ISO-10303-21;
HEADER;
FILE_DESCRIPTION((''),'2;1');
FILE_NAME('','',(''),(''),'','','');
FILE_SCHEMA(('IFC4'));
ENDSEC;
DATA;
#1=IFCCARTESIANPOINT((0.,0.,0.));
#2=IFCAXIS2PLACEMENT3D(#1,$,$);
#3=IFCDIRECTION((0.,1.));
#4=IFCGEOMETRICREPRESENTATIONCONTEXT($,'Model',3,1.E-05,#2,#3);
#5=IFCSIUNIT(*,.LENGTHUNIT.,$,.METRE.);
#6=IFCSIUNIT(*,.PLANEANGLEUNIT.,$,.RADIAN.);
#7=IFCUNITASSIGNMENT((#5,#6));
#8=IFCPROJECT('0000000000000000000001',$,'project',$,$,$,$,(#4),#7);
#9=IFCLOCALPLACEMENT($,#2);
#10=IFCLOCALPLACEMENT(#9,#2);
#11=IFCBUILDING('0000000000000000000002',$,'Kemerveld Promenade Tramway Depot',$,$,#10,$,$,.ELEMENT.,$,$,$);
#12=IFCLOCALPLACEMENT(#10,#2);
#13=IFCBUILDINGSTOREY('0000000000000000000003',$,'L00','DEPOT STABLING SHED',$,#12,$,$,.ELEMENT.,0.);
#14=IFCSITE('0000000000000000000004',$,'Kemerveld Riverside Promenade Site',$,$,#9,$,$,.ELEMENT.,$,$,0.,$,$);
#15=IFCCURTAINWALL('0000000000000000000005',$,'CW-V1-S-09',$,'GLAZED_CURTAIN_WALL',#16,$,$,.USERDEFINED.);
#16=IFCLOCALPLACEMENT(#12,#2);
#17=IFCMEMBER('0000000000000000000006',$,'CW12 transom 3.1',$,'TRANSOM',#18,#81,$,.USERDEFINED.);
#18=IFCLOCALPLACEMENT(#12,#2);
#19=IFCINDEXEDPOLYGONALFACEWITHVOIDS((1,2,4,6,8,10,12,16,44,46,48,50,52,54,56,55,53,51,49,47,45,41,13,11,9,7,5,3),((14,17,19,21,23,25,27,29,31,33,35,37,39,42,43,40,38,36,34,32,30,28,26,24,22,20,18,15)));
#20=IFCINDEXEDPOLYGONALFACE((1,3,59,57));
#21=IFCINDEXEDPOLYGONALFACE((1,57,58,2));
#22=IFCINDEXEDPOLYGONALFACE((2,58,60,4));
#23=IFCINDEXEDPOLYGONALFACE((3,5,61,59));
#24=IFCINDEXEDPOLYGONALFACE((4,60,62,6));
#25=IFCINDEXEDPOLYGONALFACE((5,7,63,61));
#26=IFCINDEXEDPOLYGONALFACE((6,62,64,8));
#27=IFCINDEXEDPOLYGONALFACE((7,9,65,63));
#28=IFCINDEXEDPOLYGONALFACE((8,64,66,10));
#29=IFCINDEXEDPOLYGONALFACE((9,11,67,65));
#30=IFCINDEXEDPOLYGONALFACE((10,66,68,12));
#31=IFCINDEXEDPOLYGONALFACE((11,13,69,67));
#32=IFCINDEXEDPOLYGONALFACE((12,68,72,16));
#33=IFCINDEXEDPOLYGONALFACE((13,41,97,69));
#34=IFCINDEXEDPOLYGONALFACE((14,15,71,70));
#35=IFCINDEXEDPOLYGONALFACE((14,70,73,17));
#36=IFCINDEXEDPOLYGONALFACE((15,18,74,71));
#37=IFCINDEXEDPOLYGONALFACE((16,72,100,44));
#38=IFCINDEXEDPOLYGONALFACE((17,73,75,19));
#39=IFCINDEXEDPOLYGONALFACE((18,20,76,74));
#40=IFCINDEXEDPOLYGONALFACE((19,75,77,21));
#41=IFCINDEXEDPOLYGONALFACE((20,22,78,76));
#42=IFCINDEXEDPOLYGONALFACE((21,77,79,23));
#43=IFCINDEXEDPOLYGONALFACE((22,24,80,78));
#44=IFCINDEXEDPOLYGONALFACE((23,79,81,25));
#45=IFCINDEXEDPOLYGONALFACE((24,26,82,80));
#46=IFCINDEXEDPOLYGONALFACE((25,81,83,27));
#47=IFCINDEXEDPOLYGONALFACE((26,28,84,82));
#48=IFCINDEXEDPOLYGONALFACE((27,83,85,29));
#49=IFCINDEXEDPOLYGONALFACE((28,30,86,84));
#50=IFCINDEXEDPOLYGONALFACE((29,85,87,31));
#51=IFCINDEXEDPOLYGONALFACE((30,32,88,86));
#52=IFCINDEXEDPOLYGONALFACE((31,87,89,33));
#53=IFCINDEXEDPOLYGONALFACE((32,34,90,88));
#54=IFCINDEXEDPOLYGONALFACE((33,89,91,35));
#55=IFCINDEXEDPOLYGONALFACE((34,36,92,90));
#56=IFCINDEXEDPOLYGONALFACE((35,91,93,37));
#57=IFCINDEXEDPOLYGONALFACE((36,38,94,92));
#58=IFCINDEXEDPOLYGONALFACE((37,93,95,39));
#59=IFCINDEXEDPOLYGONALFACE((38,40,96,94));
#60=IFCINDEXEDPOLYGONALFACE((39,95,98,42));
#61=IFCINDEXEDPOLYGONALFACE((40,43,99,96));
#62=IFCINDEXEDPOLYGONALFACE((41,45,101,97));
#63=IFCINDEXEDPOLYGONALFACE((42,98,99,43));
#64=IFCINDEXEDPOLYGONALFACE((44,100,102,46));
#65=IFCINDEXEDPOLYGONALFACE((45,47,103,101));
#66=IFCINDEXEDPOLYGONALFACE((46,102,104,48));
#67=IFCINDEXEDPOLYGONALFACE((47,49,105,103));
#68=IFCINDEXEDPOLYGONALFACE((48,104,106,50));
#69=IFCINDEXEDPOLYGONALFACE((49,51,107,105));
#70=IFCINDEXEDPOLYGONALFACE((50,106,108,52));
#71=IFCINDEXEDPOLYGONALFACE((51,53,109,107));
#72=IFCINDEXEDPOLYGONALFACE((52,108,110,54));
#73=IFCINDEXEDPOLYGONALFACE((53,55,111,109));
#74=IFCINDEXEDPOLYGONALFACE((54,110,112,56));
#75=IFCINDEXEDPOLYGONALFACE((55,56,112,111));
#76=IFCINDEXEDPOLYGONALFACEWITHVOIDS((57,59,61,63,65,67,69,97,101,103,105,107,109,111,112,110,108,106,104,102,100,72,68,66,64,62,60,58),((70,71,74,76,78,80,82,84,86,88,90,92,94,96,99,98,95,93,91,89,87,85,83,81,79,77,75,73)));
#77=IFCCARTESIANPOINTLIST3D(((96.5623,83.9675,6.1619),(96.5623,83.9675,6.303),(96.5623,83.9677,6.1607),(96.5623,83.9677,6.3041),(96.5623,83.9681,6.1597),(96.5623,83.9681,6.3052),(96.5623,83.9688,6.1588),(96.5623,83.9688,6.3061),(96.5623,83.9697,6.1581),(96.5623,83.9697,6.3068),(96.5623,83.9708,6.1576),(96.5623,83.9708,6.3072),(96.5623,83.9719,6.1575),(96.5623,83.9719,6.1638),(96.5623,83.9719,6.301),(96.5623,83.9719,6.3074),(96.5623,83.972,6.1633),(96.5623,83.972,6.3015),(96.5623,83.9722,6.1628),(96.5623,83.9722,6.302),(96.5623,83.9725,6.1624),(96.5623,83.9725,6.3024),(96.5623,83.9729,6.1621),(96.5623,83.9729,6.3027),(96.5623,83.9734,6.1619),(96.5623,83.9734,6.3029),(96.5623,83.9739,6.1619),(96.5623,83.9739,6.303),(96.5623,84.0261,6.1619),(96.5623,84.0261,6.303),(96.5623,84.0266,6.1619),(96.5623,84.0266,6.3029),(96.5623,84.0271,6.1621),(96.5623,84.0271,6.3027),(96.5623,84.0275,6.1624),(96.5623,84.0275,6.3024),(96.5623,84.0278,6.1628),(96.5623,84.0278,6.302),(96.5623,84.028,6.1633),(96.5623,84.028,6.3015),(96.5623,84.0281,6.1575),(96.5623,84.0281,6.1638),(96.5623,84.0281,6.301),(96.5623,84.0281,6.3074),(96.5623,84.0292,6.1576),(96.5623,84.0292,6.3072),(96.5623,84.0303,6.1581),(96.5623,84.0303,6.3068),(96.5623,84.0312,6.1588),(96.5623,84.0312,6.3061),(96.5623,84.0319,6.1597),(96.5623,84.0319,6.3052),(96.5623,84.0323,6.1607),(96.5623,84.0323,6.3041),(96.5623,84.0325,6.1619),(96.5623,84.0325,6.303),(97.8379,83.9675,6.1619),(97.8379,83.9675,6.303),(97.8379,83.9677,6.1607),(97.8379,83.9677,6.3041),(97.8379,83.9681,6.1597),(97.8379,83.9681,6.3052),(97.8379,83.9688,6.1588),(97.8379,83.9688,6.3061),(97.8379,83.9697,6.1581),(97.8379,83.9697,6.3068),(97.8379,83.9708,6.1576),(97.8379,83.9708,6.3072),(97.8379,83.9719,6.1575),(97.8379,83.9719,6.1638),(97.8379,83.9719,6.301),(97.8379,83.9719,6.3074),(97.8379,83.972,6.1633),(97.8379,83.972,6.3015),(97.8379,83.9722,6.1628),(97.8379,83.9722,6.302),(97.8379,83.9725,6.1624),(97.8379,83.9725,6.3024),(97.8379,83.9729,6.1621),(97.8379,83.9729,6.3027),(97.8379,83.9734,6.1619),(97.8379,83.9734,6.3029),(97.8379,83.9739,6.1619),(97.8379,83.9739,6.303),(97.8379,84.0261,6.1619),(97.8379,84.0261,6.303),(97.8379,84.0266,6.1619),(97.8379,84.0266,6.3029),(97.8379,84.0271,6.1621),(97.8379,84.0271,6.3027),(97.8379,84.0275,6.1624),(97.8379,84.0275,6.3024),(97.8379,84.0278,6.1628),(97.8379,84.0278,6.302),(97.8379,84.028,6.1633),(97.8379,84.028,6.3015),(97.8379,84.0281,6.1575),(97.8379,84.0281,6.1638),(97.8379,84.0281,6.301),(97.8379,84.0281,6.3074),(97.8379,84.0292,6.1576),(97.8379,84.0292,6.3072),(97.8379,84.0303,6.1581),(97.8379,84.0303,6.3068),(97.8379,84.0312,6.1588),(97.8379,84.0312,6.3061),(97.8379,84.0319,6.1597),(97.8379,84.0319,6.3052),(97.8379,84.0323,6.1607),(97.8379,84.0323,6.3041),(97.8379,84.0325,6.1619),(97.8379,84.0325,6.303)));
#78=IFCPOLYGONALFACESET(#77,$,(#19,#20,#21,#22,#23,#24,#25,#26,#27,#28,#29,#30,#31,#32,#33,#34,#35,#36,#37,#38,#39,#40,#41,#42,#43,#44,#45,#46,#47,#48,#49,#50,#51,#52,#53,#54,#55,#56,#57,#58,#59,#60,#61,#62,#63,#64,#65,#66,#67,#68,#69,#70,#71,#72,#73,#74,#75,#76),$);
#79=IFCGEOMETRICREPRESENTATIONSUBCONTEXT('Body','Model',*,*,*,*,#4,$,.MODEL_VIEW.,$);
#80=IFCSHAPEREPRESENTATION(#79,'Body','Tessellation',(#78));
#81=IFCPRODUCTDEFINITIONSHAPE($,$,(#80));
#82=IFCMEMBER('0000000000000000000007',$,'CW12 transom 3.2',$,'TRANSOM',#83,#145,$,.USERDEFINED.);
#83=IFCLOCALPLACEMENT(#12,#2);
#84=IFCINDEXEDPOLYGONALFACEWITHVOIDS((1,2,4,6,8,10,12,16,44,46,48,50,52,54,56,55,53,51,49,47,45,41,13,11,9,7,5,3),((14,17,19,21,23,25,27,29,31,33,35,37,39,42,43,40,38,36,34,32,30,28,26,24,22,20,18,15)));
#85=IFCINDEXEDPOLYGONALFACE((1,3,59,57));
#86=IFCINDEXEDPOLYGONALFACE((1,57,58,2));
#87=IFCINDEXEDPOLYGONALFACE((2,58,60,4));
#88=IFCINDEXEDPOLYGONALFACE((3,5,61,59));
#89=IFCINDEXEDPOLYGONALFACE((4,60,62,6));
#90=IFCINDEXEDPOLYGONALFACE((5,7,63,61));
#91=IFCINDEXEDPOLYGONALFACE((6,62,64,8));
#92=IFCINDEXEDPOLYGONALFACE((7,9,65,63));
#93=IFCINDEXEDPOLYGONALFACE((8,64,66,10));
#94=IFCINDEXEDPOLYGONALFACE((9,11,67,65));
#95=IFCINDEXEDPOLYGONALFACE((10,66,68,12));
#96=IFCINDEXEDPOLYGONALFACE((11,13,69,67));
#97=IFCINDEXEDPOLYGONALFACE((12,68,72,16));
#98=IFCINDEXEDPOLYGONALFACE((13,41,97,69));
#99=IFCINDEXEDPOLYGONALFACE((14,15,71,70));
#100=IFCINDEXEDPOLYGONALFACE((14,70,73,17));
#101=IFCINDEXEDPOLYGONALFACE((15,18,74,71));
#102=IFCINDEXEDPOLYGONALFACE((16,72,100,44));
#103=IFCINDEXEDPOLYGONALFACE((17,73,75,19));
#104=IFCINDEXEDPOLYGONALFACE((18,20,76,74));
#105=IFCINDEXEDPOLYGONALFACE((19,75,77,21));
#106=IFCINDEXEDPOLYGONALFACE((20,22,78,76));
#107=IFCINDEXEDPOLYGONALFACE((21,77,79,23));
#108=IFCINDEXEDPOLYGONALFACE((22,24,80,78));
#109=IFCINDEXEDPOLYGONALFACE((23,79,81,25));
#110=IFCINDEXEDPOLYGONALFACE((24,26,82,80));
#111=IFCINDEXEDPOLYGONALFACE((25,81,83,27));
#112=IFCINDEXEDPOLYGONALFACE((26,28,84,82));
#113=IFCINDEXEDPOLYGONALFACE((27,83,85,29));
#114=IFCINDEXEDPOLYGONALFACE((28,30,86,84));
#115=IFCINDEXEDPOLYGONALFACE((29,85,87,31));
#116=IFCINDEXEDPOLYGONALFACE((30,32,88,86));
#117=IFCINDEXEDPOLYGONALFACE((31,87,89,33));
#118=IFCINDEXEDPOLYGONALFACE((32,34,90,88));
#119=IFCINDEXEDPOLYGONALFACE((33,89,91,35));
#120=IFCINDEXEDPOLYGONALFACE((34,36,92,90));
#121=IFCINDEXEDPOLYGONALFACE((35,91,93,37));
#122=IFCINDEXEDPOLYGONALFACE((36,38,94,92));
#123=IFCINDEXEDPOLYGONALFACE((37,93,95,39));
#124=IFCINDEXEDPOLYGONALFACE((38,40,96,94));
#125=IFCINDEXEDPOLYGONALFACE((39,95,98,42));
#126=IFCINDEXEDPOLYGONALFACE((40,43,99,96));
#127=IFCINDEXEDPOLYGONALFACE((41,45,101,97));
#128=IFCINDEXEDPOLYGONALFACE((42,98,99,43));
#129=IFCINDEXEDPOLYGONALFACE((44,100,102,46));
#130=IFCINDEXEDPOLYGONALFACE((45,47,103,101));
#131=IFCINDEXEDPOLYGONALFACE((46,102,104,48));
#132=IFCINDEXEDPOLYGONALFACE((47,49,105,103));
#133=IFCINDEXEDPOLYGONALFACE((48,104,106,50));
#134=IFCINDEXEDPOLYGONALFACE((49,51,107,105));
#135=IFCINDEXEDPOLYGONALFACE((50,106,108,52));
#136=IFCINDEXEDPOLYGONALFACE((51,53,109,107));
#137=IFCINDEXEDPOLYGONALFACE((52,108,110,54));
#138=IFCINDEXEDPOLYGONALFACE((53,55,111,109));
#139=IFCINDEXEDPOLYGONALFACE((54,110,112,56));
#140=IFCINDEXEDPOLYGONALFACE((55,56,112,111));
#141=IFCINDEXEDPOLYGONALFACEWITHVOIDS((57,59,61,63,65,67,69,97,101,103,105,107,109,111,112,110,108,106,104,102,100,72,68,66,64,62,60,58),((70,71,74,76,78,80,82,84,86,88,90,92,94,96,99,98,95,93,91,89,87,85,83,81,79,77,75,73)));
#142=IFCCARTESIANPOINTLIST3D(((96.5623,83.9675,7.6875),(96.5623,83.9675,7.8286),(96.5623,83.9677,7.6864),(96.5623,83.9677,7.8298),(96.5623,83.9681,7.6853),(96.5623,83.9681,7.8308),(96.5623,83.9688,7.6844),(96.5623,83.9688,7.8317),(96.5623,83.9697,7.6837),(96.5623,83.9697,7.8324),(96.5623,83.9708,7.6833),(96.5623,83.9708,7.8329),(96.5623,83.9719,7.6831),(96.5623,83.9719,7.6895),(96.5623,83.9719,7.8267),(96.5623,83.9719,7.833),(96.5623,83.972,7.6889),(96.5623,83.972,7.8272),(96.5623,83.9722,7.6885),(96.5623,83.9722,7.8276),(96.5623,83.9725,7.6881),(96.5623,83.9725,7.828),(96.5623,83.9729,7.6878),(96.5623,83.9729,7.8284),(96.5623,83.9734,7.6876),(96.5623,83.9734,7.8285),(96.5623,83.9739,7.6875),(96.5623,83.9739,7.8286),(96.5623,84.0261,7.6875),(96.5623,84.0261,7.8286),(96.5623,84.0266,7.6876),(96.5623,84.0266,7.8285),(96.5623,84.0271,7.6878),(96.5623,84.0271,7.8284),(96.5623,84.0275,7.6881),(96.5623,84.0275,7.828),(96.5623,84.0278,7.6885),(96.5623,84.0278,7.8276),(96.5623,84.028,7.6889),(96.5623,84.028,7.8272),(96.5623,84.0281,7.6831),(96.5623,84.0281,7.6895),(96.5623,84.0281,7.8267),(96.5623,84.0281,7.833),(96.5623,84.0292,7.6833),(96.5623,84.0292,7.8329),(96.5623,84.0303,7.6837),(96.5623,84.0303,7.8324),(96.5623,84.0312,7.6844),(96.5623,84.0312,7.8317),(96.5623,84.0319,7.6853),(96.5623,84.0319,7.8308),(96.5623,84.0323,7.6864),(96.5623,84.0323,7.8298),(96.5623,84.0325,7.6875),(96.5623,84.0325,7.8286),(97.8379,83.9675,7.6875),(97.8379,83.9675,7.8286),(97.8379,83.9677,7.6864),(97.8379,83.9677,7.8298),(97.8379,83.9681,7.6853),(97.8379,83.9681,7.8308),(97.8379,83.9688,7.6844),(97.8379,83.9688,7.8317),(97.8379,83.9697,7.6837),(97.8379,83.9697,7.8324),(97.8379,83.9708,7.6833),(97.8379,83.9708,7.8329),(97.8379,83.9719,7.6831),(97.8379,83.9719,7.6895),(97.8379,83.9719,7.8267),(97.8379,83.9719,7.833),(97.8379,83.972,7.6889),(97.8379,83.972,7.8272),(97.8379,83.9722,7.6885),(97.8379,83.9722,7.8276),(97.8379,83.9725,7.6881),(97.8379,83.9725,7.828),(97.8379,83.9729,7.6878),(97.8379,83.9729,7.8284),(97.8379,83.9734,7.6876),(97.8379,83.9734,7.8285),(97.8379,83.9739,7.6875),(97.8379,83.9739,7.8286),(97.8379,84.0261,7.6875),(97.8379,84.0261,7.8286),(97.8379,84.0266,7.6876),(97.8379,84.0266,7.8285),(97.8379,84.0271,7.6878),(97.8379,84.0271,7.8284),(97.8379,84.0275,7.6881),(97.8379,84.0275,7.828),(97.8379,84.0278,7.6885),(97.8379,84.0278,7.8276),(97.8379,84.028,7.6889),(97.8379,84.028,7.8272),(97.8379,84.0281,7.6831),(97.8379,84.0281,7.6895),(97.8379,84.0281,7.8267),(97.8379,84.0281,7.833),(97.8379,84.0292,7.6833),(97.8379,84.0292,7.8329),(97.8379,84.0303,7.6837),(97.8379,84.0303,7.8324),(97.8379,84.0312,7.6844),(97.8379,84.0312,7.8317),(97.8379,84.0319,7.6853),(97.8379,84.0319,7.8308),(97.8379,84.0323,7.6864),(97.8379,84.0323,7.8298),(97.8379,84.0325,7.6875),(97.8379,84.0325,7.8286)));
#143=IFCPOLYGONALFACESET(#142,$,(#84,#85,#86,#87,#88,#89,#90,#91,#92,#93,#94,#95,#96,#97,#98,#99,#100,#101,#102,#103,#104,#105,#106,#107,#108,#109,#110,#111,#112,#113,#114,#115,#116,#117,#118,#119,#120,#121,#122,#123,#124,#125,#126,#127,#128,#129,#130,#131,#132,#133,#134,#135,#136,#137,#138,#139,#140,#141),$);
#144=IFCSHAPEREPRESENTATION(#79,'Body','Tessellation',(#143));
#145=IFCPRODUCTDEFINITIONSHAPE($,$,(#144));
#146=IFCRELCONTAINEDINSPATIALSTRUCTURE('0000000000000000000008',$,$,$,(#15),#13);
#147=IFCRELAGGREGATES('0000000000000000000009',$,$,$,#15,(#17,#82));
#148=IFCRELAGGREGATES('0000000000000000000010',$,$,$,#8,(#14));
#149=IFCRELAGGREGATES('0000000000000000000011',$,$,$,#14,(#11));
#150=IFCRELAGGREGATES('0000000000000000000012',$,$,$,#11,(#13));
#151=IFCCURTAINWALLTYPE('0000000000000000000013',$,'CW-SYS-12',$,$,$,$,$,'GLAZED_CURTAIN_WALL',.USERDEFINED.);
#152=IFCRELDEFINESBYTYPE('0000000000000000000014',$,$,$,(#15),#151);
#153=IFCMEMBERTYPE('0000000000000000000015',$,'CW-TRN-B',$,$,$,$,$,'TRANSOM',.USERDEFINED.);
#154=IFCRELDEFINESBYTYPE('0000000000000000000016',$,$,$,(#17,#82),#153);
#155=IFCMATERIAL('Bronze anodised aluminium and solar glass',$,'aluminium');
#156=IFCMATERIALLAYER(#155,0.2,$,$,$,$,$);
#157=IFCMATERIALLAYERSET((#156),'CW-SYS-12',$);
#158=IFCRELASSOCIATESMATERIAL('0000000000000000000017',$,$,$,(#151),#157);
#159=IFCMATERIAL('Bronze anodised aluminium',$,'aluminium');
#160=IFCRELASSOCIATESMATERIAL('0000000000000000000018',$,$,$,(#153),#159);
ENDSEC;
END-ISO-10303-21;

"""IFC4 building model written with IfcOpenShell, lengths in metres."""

from ifc_helpers import new_model, si_unit, direction, frame, origin, origin_2d, place, context, subcontext, project, spatial, hollow_rectangle, extrude, material, layer, layer_set, material_profile, profile_set, type_object, element, aggregate, save


model = new_model("IFC4")

# Units and contexts
model_context = context("Model", 3, precision=1e-05, world=origin(), true_north=direction((0.0, 1.0)))
body_context = subcontext(model_context, "Body", "Model", "MODEL_VIEW")
ifc_project = project(units=[si_unit("LENGTHUNIT", "METRE"), si_unit("PLANEANGLEUNIT", "RADIAN")], contexts=[model_context])

# Site, building, storey
site_placement = place(None, origin())
site = spatial("IfcSite", under=ifc_project, at=site_placement, Name="Kemerveld Riverside Promenade Site", CompositionType="ELEMENT", RefElevation=0.0)
building_placement = place(site_placement, origin())
building = spatial("IfcBuilding", under=site, at=building_placement, Name="Kemerveld Promenade Tramway Depot", CompositionType="ELEMENT")
storey_placement = place(building_placement, origin())
storey = spatial("IfcBuildingStorey", under=building, at=storey_placement, Name="L00", Description="DEPOT STABLING SHED", CompositionType="ELEMENT", Elevation=0.0)

# Curtain wall, members
ifc_material_1 = material(Name="Bronze anodised aluminium and solar glass", Category="aluminium")
ifc_layer_1 = layer(ifc_material_1, 0.2)
ifc_layer_set_1 = layer_set([ifc_layer_1], Name="CW-SYS-12")
curtain_wall_type = type_object("IfcCurtainWallType", Name="CW-SYS-12", ElementType="GLAZED_CURTAIN_WALL", PredefinedType="USERDEFINED", material=ifc_layer_set_1)
curtain_wall_placement = place(storey_placement, origin())
curtain_wall = element("IfcCurtainWall", 1, at=curtain_wall_placement, inside=storey, type_object=curtain_wall_type, Name="CW-V1-S-09", ObjectType="GLAZED_CURTAIN_WALL", PredefinedType="USERDEFINED")
ifc_material_2 = material(Name="Bronze anodised aluminium", Category="aluminium")
ifc_material_profile_1 = material_profile(ifc_material_2, hollow_rectangle(XDim=0.0649, YDim=0.1499, WallThickness=0.0044, InnerFilletRadius=0.002, OuterFilletRadius=0.0044, at=origin_2d()), Name="CW-TRN-150x65")
ifc_profile_set_1 = profile_set([ifc_material_profile_1], Name="Bronze anodised aluminium")
member_type_1 = type_object("IfcMemberType", Name="CW-TRN-B", ElementType="TRANSOM", PredefinedType="USERDEFINED", material=ifc_profile_set_1)
member_1_placement = place(storey_placement, frame((97.8379, 84.0, 6.2324), z_axis=(-1.0, 0.0, 0.0), x_axis=(0.0, -1.0, 0.0)))
member_1 = element("IfcMember", 2, at=member_1_placement, type_object=member_type_1, Name="CW12 transom 3.1", ObjectType="TRANSOM", PredefinedType="USERDEFINED", context=body_context, shape_type="SweptSolid", body=[
    extrude(hollow_rectangle(XDim=0.0649, YDim=0.1499, WallThickness=0.0044, InnerFilletRadius=0.002, OuterFilletRadius=0.0044, at=origin_2d()), origin(), (0.0, 0.0, 1.0), 1.2756),
])
member_2_placement = place(storey_placement, frame((97.8379, 84.0, 7.7581), z_axis=(-1.0, 0.0, 0.0), x_axis=(0.0, -1.0, 0.0)))
member_2 = element("IfcMember", 3, at=member_2_placement, type_object=member_type_1, Name="CW12 transom 3.2", ObjectType="TRANSOM", PredefinedType="USERDEFINED", context=body_context, shape_type="SweptSolid", body=[
    extrude(hollow_rectangle(XDim=0.0649, YDim=0.1499, WallThickness=0.0044, InnerFilletRadius=0.002, OuterFilletRadius=0.0044, at=origin_2d()), origin(), (0.0, 0.0, 1.0), 1.2756),
])
aggregate(curtain_wall, [member_1, member_2])

save(model, "model.ifc")
